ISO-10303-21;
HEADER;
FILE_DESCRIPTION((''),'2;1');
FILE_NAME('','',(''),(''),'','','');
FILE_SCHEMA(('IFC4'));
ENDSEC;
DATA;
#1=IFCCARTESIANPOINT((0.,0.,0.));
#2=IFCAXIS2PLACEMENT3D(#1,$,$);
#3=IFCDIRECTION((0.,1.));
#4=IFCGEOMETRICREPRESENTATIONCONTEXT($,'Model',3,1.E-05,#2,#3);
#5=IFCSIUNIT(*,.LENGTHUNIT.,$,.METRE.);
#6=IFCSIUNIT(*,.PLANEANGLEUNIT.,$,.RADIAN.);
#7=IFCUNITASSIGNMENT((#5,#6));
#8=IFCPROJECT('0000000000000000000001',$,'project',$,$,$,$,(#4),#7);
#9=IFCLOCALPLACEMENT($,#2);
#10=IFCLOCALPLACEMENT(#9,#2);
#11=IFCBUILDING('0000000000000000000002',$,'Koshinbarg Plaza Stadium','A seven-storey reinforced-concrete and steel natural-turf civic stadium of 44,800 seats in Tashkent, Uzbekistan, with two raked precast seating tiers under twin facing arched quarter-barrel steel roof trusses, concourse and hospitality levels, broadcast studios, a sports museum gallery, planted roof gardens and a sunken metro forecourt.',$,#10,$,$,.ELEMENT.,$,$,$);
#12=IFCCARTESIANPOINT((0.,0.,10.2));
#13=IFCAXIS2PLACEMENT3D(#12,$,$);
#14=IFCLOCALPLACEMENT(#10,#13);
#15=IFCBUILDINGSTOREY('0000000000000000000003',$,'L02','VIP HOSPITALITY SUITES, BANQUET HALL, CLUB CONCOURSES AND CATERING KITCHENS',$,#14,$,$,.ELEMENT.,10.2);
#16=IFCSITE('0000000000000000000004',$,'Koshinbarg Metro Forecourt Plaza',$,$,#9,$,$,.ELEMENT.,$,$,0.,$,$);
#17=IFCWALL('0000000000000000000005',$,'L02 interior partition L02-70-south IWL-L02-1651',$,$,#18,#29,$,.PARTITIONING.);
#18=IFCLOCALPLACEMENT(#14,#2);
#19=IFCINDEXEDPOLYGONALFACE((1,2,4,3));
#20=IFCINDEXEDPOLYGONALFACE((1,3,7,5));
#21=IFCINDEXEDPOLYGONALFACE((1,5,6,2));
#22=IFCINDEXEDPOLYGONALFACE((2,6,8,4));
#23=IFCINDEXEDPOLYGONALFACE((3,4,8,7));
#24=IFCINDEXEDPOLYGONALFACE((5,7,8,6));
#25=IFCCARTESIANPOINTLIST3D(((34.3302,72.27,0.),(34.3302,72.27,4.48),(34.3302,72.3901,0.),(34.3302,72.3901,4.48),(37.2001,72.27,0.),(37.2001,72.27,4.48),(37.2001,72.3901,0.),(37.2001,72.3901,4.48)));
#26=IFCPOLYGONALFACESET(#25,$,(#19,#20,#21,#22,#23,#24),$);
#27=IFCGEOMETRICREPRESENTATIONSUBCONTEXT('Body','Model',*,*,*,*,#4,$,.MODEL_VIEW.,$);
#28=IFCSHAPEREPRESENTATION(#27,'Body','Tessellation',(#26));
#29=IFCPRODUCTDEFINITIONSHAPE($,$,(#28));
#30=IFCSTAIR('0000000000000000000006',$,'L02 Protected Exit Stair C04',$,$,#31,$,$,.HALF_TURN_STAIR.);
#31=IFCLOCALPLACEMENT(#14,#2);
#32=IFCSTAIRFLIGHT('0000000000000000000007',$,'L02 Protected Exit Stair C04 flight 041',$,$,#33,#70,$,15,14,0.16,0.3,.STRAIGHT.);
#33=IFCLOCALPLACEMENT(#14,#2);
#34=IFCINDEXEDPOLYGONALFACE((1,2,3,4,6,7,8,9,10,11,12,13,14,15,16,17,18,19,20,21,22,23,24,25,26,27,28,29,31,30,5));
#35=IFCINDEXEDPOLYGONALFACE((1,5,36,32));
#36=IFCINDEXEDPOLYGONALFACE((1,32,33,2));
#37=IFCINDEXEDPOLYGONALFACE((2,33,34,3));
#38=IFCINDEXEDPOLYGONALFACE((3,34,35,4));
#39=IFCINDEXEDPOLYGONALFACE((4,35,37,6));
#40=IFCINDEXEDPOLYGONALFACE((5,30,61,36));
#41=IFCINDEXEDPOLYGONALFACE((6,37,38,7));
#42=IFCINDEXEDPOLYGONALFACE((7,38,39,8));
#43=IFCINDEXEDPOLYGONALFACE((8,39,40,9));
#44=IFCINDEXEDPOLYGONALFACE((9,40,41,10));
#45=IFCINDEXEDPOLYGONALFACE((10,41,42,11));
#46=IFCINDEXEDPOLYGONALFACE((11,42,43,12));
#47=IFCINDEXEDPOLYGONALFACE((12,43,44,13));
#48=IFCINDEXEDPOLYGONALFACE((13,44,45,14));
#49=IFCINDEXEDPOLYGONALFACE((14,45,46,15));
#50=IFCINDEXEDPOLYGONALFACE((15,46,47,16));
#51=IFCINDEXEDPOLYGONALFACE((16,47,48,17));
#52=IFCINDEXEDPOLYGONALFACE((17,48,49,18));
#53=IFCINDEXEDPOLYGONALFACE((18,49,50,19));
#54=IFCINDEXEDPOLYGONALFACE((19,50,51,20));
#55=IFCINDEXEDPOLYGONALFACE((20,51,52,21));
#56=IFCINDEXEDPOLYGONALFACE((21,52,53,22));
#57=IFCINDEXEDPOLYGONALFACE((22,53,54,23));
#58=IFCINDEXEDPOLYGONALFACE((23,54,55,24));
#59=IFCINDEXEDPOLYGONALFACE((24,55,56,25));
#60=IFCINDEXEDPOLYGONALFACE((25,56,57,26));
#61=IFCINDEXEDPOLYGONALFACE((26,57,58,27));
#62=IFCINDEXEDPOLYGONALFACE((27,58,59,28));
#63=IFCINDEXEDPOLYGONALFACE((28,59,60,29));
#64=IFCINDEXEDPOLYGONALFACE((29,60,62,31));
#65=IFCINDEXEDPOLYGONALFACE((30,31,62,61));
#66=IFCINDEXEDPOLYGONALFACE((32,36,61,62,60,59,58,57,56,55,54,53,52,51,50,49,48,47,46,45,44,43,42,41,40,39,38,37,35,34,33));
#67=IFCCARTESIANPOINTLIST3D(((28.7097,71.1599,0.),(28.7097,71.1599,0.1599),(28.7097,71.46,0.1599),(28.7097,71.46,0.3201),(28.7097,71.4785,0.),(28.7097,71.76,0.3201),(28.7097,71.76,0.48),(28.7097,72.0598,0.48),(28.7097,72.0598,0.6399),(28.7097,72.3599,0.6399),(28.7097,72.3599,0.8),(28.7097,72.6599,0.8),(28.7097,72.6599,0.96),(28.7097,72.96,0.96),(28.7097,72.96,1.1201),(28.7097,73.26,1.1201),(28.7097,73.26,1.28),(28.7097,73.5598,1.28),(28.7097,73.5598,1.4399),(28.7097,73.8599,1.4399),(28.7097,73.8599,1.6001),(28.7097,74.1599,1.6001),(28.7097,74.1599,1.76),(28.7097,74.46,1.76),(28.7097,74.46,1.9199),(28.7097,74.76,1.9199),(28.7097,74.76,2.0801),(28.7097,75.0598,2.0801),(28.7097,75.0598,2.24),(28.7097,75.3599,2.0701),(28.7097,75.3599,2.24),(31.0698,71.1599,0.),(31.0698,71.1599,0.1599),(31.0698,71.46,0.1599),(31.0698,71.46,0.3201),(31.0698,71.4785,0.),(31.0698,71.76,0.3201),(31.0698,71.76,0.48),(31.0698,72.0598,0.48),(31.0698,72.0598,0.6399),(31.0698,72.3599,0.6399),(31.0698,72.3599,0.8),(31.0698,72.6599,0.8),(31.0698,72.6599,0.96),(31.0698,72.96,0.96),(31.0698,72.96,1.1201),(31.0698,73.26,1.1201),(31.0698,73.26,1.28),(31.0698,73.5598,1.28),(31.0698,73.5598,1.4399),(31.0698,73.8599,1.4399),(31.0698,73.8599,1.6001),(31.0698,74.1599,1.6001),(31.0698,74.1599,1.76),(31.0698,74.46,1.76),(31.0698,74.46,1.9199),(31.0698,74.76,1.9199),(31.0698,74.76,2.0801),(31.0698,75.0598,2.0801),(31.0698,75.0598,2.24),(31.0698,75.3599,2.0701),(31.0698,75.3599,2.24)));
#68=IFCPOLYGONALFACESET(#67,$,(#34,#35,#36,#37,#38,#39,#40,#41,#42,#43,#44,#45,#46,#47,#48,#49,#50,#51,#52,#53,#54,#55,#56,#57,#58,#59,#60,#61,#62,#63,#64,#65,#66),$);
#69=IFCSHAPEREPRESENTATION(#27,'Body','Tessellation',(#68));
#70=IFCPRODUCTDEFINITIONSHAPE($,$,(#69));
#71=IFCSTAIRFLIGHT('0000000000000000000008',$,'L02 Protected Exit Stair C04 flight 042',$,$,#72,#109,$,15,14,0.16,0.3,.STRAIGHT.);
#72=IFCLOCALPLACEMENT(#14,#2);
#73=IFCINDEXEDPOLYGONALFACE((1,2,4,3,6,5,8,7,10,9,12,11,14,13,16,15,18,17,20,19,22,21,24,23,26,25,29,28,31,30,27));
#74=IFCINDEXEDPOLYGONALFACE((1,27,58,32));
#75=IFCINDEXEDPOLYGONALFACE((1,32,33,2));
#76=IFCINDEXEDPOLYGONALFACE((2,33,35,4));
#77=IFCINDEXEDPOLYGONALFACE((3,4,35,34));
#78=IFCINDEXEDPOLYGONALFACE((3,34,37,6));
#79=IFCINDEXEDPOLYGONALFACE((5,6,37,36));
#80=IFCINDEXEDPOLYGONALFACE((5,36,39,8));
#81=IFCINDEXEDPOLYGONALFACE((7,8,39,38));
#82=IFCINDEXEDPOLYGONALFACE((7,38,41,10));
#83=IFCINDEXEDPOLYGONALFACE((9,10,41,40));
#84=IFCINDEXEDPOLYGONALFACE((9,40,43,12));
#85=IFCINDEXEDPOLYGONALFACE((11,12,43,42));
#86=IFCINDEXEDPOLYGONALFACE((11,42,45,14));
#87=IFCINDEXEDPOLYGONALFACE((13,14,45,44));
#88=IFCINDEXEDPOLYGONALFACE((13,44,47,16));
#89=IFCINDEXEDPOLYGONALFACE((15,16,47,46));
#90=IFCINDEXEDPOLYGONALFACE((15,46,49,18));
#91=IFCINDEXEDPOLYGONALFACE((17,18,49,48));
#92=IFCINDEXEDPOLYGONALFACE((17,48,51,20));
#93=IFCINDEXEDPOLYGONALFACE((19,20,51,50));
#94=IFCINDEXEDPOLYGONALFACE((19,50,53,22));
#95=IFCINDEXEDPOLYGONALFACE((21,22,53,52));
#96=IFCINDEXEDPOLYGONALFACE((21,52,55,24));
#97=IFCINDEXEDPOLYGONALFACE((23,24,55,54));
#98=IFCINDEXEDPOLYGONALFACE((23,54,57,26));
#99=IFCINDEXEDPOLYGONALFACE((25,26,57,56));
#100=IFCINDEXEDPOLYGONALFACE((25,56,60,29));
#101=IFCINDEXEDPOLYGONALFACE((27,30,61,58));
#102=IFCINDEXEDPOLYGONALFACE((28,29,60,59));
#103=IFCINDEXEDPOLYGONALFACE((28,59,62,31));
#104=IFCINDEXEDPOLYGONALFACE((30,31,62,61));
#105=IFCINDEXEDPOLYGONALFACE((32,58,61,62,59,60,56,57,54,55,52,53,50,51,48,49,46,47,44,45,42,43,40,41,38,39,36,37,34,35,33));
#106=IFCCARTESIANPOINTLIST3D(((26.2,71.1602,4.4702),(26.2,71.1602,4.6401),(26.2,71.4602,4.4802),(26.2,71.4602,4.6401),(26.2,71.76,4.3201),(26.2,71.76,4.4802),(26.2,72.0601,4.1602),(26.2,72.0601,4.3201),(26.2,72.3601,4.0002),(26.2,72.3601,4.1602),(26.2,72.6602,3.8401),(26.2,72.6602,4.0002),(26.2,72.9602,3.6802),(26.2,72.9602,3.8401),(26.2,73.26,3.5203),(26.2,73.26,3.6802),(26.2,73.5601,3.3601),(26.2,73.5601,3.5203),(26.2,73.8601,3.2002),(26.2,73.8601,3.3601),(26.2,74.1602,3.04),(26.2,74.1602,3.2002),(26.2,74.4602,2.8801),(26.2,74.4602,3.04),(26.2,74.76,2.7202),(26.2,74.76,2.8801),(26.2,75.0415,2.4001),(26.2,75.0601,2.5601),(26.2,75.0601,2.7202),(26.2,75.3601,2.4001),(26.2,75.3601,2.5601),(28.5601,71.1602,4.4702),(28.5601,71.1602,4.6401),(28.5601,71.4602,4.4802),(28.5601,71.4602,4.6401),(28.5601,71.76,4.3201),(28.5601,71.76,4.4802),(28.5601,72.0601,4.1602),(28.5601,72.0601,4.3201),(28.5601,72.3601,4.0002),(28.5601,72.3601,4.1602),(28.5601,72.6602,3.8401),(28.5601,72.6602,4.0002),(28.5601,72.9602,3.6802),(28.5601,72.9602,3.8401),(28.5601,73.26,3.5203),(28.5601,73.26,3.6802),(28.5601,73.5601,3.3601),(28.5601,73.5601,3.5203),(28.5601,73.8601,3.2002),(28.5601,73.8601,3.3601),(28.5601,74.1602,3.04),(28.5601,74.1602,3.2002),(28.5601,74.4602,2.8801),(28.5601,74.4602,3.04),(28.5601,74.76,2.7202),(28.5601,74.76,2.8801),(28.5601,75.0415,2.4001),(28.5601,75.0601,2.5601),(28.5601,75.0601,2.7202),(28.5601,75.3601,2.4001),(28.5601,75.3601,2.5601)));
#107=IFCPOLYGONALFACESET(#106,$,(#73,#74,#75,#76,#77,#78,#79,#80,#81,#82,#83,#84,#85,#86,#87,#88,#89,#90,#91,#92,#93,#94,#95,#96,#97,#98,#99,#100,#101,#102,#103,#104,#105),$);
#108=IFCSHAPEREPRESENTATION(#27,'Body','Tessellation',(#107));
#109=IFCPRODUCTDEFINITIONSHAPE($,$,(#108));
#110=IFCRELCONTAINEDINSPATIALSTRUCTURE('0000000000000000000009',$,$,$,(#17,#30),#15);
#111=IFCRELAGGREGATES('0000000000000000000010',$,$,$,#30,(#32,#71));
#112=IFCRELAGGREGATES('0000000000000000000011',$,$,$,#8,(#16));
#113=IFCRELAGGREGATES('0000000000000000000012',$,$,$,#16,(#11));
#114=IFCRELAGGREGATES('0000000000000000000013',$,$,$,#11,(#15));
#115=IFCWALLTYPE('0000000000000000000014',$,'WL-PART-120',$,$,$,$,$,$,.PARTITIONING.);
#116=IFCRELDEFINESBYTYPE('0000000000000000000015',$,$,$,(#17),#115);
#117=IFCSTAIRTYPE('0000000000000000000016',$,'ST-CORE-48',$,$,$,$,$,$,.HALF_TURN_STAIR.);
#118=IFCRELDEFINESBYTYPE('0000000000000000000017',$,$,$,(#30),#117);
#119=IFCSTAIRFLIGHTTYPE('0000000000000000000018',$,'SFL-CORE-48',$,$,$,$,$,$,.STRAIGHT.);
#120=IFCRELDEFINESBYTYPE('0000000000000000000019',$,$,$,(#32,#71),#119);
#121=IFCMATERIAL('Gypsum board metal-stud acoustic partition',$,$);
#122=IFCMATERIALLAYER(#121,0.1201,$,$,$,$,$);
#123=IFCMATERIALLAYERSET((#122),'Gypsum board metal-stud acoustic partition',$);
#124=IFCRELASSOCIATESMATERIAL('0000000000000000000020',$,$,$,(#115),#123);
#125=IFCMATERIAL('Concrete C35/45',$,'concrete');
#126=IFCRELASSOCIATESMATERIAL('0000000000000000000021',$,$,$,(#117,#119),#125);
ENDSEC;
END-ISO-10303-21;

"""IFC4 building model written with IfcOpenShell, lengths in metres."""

from ifc_helpers import new_model, si_unit, direction, frame, frame_2d, origin, place, context, subcontext, project, spatial, polyline, rectangle, outline, extrude, material, layer, layer_set, type_object, element, aggregate, save


model = new_model("IFC4")

# Units and contexts
model_context = context("Model", 3, precision=1e-05, world=origin(), true_north=direction((0.0, 1.0)))
body_context = subcontext(model_context, "Body", "Model", "MODEL_VIEW")
ifc_project = project(units=[si_unit("LENGTHUNIT", "METRE"), si_unit("PLANEANGLEUNIT", "RADIAN")], contexts=[model_context])

# Site, building, storey
site_placement = place(None, origin())
site = spatial("IfcSite", under=ifc_project, at=site_placement, Name="Koshinbarg Metro Forecourt Plaza", CompositionType="ELEMENT", RefElevation=0.0)
building_placement = place(site_placement, origin())
building = spatial("IfcBuilding", under=site, at=building_placement, Name="Koshinbarg Plaza Stadium", Description="A seven-storey reinforced-concrete and steel natural-turf civic stadium of 44,800 seats in Tashkent, Uzbekistan, with two raked precast seating tiers under twin facing arched quarter-barrel steel roof trusses, concourse and hospitality levels, broadcast studios, a sports museum gallery, planted roof gardens and a sunken metro forecourt.", CompositionType="ELEMENT")
storey_placement = place(building_placement, frame((0.0, 0.0, 10.2)))
storey = spatial("IfcBuildingStorey", under=building, at=storey_placement, Name="L02", Description="VIP HOSPITALITY SUITES, BANQUET HALL, CLUB CONCOURSES AND CATERING KITCHENS", CompositionType="ELEMENT", Elevation=10.2)

# Wall
ifc_material_1 = material(Name="Gypsum board metal-stud acoustic partition")
ifc_layer_1 = layer(ifc_material_1, 0.1201)
ifc_layer_set_1 = layer_set([ifc_layer_1], Name="Gypsum board metal-stud acoustic partition")
wall_type_1 = type_object("IfcWallType", Name="WL-PART-120", PredefinedType="PARTITIONING", material=ifc_layer_set_1)
wall_1_placement = place(storey_placement, frame((34.3301, 72.3301, 0.0), z_axis=(0.0, 0.0, 1.0), x_axis=(1.0, 0.0, 0.0)))
element("IfcWall", 1, at=wall_1_placement, inside=storey, type_object=wall_type_1, Name="L02 interior partition L02-70-south IWL-L02-1651", PredefinedType="PARTITIONING", context=body_context, shape_type="SweptSolid", body=[
    extrude(rectangle(XDim=2.8699, YDim=0.1201, at=frame_2d((1.4351, 0.0))), origin(), (0.0, 0.0, 1.0), 4.48),
])

# Stair, stair flights
ifc_material_2 = material(Name="Concrete C35/45", Category="concrete")
stair_type = type_object("IfcStairType", Name="ST-CORE-48", PredefinedType="HALF_TURN_STAIR", material=ifc_material_2)
stair_placement = place(storey_placement, origin())
stair = element("IfcStair", 2, at=stair_placement, inside=storey, type_object=stair_type, Name="L02 Protected Exit Stair C04", PredefinedType="HALF_TURN_STAIR")
stair_flight_type = type_object("IfcStairFlightType", Name="SFL-CORE-48", PredefinedType="STRAIGHT", material=ifc_material_2)
stair_flight_1_placement = place(storey_placement, frame((29.8899, 71.1599, 0.0), z_axis=(0.0, 0.0, 1.0), x_axis=(0.0, 1.0, 0.0)))
stair_flight_1 = element("IfcStairFlight", 3, at=stair_flight_1_placement, type_object=stair_flight_type, Name="L02 Protected Exit Stair C04 flight 041", NumberOfRisers=15, NumberOfTreads=14, PredefinedType="STRAIGHT", RiserHeight=0.16, TreadLength=0.3, context=body_context, shape_type="SweptSolid", body=[
    extrude(outline(polyline([(0.0, 0.0), (0.0, 0.1599), (0.3, 0.1599), (0.3, 0.3201), (0.6001, 0.3201), (0.6001, 0.48), (0.8999, 0.48), (0.8999, 0.6399), (1.2, 0.6399), (1.2, 0.8), (1.5, 0.8), (1.5, 0.96), (1.8, 0.96), (1.8, 1.1201), (2.1001, 1.1201), (2.1001, 1.28), (2.3999, 1.28), (2.3999, 1.4399), (2.7, 1.4399), (2.7, 1.6001), (3.0, 1.6001), (3.0, 1.76), (3.3, 1.76), (3.3, 1.9199), (3.6001, 1.9199), (3.6001, 2.0801), (3.8999, 2.0801), (3.8999, 2.24), (4.2, 2.24), (4.2, 2.3999), (4.2, 2.0701), (0.3186, 0.0), (0.0, 0.0)])), frame((0.0, 1.1802, 0.0), z_axis=(0.0, -1.0, 0.0), x_axis=(1.0, 0.0, 0.0)), (0.0, 0.0, 1.0), 2.3601),
])
stair_flight_2_placement = place(storey_placement, frame((27.3799, 75.3601, 2.4001), z_axis=(0.0, 0.0, 1.0), x_axis=(0.0, -1.0, 0.0)))
stair_flight_2 = element("IfcStairFlight", 4, at=stair_flight_2_placement, type_object=stair_flight_type, Name="L02 Protected Exit Stair C04 flight 042", NumberOfRisers=15, NumberOfTreads=14, PredefinedType="STRAIGHT", RiserHeight=0.16, TreadLength=0.3, context=body_context, shape_type="SweptSolid", body=[
    extrude(outline(polyline([(0.0, 0.0), (0.0, 0.1599), (0.3, 0.1599), (0.3, 0.3201), (0.6001, 0.3201), (0.6001, 0.48), (0.8999, 0.48), (0.8999, 0.6399), (1.2, 0.6399), (1.2, 0.8), (1.5, 0.8), (1.5, 0.96), (1.8, 0.96), (1.8, 1.1201), (2.1001, 1.1201), (2.1001, 1.28), (2.3999, 1.28), (2.3999, 1.4399), (2.7, 1.4399), (2.7, 1.6001), (3.0, 1.6001), (3.0, 1.76), (3.3, 1.76), (3.3, 1.9199), (3.6001, 1.9199), (3.6001, 2.0801), (3.8999, 2.0801), (3.8999, 2.24), (4.2, 2.24), (4.2, 2.3999), (4.2, 2.0701), (0.3186, 0.0), (0.0, 0.0)])), frame((0.0, 1.1802, 0.0), z_axis=(0.0, -1.0, 0.0), x_axis=(1.0, 0.0, 0.0)), (0.0, 0.0, 1.0), 2.3601),
])
aggregate(stair, [stair_flight_1, stair_flight_2])

save(model, "model.ifc")
